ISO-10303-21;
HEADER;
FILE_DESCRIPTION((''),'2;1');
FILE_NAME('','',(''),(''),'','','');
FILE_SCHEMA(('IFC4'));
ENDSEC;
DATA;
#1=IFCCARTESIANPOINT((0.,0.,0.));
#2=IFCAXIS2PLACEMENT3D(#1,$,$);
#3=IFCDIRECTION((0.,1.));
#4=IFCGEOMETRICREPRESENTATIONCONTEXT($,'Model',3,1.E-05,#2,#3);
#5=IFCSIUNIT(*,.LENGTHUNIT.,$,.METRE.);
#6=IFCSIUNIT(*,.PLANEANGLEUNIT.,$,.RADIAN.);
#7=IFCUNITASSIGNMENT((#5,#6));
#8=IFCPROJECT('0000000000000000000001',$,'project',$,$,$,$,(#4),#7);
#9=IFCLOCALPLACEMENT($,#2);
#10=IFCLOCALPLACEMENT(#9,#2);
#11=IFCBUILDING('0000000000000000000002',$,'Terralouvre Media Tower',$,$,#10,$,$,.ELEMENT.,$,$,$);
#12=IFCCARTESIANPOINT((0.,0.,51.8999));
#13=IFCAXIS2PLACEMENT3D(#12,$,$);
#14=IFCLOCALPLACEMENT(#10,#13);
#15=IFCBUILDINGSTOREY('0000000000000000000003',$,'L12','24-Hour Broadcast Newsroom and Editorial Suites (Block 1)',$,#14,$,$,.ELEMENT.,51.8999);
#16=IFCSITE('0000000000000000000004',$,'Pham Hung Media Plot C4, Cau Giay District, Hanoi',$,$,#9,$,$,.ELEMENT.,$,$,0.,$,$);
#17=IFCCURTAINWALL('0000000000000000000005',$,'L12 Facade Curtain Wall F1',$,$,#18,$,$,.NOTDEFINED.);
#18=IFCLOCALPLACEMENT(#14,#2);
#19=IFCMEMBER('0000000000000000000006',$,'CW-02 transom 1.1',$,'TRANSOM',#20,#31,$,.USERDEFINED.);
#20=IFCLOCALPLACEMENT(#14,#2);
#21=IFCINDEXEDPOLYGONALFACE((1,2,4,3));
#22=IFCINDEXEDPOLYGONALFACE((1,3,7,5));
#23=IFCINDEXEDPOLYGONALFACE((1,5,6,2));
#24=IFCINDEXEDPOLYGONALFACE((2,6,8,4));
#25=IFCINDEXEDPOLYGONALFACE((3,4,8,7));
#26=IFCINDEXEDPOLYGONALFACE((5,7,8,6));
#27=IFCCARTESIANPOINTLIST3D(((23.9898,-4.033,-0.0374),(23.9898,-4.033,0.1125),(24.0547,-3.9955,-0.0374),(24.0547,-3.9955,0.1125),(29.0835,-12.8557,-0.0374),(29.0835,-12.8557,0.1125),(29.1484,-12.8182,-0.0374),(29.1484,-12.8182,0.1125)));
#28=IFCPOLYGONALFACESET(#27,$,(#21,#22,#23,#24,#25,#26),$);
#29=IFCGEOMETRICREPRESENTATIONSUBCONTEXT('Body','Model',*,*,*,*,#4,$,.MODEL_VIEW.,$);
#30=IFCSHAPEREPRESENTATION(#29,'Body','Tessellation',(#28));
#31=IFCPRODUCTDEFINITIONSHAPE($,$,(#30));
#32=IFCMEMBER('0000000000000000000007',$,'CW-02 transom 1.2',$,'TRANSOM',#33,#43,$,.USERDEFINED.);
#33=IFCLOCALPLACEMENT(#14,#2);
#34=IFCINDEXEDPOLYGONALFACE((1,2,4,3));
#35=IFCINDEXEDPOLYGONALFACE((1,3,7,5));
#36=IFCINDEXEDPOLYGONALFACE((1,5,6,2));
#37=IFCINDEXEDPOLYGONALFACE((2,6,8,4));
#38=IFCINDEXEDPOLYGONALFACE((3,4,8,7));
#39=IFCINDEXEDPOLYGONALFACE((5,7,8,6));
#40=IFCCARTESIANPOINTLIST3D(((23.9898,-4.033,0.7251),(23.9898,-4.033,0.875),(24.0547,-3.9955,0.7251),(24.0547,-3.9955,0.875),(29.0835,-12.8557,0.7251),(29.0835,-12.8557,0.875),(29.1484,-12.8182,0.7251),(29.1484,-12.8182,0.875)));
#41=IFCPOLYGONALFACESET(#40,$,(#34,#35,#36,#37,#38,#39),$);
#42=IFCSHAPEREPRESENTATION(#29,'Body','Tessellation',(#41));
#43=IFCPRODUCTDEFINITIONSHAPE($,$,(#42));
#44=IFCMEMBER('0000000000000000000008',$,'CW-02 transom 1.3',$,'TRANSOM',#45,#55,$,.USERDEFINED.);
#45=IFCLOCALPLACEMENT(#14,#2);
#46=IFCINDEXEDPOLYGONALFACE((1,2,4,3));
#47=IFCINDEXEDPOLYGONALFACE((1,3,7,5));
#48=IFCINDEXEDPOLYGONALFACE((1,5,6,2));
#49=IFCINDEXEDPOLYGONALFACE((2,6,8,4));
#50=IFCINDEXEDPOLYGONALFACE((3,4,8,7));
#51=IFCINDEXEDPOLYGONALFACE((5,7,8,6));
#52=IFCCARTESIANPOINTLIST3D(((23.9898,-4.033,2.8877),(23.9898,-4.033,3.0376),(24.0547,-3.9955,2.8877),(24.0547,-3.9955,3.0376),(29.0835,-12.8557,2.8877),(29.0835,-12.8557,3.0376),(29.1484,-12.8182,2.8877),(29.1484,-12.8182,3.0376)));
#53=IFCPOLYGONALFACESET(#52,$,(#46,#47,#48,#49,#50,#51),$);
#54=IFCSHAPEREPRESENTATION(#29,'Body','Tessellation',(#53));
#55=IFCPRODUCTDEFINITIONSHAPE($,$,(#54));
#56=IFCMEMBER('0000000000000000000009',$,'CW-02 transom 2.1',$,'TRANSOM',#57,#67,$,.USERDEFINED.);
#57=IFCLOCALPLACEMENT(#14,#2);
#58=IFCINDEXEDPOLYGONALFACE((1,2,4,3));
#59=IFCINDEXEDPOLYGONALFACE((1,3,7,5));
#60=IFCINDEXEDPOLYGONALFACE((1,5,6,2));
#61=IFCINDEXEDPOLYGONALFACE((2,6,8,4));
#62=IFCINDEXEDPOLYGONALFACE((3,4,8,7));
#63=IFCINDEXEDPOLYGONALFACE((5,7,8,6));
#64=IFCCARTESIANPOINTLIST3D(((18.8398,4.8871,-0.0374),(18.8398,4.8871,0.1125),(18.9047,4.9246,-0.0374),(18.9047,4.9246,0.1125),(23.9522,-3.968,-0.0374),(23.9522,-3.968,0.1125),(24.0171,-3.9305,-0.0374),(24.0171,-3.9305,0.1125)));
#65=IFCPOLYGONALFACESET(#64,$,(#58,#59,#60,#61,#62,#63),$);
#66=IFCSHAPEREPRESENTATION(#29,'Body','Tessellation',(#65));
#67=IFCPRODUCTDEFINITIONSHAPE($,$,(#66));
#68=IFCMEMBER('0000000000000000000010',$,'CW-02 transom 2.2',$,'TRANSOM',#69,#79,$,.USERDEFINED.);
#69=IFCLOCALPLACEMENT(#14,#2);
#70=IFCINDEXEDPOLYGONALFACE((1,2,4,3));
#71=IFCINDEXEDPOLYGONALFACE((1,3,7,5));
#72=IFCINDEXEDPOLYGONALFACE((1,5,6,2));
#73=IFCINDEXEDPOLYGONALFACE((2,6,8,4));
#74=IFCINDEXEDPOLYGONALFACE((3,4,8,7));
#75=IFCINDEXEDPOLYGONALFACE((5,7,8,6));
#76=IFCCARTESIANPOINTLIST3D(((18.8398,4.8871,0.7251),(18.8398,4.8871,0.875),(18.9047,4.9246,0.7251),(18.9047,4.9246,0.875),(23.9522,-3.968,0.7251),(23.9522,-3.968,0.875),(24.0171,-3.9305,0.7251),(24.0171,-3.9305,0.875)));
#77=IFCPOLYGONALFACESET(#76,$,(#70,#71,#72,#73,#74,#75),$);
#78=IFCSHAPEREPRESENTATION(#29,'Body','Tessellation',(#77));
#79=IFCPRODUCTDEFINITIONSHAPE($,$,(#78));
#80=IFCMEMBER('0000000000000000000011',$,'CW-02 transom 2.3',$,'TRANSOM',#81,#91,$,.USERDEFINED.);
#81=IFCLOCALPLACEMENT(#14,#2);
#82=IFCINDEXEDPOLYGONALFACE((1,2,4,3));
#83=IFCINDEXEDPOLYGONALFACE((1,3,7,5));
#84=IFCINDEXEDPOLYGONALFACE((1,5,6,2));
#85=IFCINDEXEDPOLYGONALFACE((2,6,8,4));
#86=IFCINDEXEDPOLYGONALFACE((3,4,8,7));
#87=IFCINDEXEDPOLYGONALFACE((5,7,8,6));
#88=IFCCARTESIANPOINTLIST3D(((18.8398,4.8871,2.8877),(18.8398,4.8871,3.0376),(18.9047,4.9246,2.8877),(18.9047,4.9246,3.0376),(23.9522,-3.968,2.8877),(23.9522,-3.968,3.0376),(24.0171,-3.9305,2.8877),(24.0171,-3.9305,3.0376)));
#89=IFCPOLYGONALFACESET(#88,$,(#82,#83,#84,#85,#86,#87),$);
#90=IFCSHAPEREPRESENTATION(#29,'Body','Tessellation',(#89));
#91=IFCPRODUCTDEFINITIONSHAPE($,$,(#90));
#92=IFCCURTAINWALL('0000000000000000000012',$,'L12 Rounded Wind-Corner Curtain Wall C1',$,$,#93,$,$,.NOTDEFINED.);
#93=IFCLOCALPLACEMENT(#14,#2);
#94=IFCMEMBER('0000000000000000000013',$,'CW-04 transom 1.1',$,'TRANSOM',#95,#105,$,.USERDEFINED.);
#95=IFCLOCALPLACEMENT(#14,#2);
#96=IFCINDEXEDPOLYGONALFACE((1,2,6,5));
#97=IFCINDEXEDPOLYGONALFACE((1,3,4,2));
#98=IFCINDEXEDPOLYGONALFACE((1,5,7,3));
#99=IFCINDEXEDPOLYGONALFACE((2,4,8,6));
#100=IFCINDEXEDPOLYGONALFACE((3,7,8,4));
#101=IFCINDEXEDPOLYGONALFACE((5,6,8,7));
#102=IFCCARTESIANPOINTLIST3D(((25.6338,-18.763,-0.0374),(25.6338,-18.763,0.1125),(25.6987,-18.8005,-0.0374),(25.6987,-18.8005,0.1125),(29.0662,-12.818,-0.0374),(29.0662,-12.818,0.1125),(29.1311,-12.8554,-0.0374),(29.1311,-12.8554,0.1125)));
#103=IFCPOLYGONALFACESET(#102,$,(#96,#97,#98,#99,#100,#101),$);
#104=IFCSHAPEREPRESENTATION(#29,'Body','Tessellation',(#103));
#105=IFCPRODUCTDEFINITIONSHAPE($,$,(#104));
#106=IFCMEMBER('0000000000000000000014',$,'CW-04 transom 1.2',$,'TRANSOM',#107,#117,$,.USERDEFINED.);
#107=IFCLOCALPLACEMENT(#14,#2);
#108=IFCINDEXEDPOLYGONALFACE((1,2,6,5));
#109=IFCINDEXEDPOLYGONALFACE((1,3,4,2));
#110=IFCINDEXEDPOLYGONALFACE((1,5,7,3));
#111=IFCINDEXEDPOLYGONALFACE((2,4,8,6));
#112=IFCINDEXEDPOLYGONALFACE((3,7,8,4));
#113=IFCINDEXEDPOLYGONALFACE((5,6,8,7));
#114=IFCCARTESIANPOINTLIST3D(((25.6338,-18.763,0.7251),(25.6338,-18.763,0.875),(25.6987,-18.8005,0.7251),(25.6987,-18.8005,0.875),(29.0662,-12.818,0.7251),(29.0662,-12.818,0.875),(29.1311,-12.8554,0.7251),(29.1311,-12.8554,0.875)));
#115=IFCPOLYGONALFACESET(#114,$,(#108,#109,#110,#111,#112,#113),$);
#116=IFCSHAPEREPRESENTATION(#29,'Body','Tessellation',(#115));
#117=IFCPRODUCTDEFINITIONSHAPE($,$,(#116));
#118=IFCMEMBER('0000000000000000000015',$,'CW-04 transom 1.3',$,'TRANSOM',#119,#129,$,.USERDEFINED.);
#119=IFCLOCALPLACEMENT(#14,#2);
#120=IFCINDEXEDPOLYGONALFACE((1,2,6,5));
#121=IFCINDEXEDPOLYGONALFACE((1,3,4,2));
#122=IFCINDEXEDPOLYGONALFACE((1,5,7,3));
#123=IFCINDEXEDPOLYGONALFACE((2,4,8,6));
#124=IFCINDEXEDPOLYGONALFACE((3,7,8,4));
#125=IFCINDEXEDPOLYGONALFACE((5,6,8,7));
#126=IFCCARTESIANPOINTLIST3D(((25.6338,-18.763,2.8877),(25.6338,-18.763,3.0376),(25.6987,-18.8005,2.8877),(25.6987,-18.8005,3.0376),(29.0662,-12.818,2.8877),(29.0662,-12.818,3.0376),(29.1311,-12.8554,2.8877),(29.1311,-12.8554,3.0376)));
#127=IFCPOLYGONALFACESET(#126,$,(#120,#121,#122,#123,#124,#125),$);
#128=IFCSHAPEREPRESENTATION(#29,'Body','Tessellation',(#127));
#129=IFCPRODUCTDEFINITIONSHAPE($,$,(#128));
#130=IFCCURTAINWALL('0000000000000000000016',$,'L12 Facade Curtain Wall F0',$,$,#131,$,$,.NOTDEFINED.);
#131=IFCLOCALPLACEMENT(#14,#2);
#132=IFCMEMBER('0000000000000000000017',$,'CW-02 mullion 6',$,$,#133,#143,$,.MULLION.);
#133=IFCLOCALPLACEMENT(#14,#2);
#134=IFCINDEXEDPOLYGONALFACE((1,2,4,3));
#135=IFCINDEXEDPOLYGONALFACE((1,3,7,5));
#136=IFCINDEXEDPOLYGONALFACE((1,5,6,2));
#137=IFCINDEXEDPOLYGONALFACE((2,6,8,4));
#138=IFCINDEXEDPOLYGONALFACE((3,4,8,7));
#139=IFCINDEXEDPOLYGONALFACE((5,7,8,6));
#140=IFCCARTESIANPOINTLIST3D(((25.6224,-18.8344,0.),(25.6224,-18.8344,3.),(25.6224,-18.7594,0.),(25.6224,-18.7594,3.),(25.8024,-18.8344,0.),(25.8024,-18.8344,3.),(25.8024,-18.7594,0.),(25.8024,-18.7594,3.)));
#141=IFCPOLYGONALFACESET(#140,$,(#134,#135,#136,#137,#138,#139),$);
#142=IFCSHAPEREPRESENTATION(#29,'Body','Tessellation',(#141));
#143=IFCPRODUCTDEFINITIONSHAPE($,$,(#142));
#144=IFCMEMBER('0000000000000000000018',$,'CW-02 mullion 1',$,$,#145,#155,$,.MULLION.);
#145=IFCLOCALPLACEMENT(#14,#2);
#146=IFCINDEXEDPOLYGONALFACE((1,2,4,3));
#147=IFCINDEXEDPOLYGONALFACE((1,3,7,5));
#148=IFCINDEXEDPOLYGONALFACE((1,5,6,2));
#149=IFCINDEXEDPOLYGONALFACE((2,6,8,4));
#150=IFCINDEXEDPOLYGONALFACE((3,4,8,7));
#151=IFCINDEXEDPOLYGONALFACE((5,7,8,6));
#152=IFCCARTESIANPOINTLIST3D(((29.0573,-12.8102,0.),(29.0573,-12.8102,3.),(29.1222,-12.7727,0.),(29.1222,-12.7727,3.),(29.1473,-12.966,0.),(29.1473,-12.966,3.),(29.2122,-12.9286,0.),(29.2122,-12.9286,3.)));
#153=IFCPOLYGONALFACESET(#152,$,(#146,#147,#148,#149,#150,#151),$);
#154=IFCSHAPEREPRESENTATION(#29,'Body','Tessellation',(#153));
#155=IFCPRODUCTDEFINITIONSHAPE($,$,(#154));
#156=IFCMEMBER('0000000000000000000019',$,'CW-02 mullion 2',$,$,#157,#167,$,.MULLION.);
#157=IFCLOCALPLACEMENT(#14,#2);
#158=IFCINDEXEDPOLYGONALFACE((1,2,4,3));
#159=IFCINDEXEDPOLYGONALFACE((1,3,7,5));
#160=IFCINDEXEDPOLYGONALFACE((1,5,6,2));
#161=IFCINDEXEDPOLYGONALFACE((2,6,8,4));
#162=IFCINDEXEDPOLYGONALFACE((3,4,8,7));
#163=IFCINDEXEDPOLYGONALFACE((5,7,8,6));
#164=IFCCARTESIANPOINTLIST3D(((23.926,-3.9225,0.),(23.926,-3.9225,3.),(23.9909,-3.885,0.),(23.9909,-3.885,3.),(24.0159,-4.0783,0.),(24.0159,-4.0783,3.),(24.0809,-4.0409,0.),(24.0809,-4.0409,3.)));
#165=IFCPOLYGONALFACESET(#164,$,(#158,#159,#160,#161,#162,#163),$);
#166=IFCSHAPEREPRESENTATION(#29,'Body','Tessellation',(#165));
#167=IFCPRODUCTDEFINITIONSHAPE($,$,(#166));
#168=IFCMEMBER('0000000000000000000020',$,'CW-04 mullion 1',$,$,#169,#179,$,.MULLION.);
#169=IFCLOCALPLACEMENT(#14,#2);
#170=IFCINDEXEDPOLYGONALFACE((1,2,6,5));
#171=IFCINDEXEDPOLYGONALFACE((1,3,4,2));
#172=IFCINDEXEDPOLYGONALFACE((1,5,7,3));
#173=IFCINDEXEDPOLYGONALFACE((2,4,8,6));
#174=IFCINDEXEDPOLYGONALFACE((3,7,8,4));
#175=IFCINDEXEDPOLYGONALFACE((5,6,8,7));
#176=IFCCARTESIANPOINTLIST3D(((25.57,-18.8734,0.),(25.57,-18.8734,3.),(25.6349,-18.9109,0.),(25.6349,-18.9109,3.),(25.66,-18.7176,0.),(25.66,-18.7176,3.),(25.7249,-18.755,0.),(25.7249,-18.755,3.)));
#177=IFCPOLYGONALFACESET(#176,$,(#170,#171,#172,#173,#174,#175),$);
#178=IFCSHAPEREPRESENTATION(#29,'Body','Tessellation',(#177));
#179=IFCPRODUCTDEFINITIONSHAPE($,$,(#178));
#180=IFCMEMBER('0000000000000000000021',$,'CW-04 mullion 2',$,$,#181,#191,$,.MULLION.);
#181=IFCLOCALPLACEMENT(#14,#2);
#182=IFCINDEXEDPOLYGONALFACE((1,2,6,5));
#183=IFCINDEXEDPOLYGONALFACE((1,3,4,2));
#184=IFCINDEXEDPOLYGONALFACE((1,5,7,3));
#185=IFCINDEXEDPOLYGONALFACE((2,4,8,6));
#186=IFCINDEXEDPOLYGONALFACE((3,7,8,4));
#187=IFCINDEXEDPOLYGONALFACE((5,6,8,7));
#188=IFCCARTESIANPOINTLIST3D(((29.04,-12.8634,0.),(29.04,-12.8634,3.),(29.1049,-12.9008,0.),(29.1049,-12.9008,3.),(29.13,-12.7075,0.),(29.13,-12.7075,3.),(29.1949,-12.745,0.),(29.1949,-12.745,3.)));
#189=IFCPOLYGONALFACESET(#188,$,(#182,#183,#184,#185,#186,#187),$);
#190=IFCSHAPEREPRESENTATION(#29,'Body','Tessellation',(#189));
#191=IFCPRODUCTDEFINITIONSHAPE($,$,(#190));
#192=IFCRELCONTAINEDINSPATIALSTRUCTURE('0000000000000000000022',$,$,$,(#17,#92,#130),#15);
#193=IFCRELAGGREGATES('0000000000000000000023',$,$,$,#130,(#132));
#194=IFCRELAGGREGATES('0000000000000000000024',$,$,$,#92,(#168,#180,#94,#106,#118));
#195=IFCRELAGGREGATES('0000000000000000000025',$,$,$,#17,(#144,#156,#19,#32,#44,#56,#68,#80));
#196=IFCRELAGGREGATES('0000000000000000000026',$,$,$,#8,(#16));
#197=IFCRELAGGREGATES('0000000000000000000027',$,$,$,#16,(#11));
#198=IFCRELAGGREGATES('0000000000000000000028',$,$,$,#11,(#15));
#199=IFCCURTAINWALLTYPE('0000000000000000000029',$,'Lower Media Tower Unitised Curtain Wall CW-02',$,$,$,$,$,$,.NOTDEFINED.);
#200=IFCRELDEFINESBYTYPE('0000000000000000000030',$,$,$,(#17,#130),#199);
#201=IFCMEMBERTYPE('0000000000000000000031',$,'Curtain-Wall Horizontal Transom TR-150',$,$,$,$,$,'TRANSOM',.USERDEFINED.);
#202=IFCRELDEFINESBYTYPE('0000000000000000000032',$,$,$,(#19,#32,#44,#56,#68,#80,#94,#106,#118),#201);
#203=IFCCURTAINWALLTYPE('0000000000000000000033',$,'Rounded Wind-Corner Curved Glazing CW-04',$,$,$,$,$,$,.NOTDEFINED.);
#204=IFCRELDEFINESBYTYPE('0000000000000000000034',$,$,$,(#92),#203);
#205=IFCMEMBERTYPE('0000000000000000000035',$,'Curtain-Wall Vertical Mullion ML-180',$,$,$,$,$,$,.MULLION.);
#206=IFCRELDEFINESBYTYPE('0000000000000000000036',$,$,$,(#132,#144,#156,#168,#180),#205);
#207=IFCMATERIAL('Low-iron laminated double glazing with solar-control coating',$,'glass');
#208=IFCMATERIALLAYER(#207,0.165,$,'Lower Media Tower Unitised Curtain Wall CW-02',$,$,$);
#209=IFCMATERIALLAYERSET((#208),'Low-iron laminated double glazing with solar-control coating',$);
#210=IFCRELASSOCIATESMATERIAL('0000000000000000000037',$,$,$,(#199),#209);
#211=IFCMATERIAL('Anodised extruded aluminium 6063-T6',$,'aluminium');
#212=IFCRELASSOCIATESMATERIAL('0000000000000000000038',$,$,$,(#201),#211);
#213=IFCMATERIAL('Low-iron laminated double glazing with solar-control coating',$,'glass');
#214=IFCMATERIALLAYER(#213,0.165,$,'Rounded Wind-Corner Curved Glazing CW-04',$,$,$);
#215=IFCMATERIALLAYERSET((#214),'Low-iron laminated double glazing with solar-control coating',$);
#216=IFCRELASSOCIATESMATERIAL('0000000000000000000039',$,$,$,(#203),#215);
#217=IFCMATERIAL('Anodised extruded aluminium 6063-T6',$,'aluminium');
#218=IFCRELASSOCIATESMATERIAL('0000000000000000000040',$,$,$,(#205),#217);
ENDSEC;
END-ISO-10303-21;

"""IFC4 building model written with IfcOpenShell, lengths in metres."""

from ifc_helpers import new_model, si_unit, direction, frame, origin, origin_2d, place, context, subcontext, project, spatial, rectangle, extrude, material, layer, layer_set, material_profile, profile_set, type_object, element, aggregate, save


model = new_model("IFC4")

# Units and contexts
model_context = context("Model", 3, precision=1e-05, world=origin(), true_north=direction((0.0, 1.0)))
body_context = subcontext(model_context, "Body", "Model", "MODEL_VIEW")
ifc_project = project(units=[si_unit("LENGTHUNIT", "METRE"), si_unit("PLANEANGLEUNIT", "RADIAN")], contexts=[model_context])

# Site, building, storey
site_placement = place(None, origin())
site = spatial("IfcSite", under=ifc_project, at=site_placement, Name="Pham Hung Media Plot C4, Cau Giay District, Hanoi", CompositionType="ELEMENT", RefElevation=0.0)
building_placement = place(site_placement, origin())
building = spatial("IfcBuilding", under=site, at=building_placement, Name="Terralouvre Media Tower", CompositionType="ELEMENT")
storey_placement = place(building_placement, frame((0.0, 0.0, 51.8999)))
storey = spatial("IfcBuildingStorey", under=building, at=storey_placement, Name="L12", Description="24-Hour Broadcast Newsroom and Editorial Suites (Block 1)", CompositionType="ELEMENT", Elevation=51.8999)

# Curtain walls, members
ifc_material_1 = material(Name="Low-iron laminated double glazing with solar-control coating", Category="glass")
ifc_layer_1 = layer(ifc_material_1, 0.165, Name="Lower Media Tower Unitised Curtain Wall CW-02")
ifc_layer_set_1 = layer_set([ifc_layer_1], Name="Low-iron laminated double glazing with solar-control coating")
curtain_wall_type_1 = type_object("IfcCurtainWallType", Name="Lower Media Tower Unitised Curtain Wall CW-02", PredefinedType="NOTDEFINED", material=ifc_layer_set_1)
curtain_wall_1_placement = place(storey_placement, origin())
curtain_wall_1 = element("IfcCurtainWall", 1, at=curtain_wall_1_placement, inside=storey, type_object=curtain_wall_type_1, Name="L12 Facade Curtain Wall F1", PredefinedType="NOTDEFINED")
ifc_material_2 = material(Name="Anodised extruded aluminium 6063-T6", Category="aluminium")
ifc_material_profile_1 = material_profile(ifc_material_2, rectangle(XDim=0.075, YDim=0.1499, at=origin_2d()), Name="ALU 75x150")
ifc_profile_set_1 = profile_set([ifc_material_profile_1], Name="Anodised extruded aluminium 6063-T6")
member_type_1 = type_object("IfcMemberType", Name="Curtain-Wall Horizontal Transom TR-150", ElementType="TRANSOM", PredefinedType="USERDEFINED", material=ifc_profile_set_1)
member_1_placement = place(storey_placement, frame((29.116, -12.8369, 0.0376), z_axis=(-0.499995, 0.866028, 0.0), x_axis=(-0.866028, -0.499995, 0.0)))
member_1 = element("IfcMember", 2, at=member_1_placement, type_object=member_type_1, Name="CW-02 transom 1.1", ObjectType="TRANSOM", PredefinedType="USERDEFINED", context=body_context, shape_type="SweptSolid", body=[
    extrude(rectangle(XDim=0.075, YDim=0.1499, at=origin_2d()), origin(), (0.0, 0.0, 1.0), 10.1875),
])
member_2_placement = place(storey_placement, frame((29.116, -12.8369, 0.8), z_axis=(-0.499995, 0.866028, 0.0), x_axis=(-0.866028, -0.499995, 0.0)))
member_2 = element("IfcMember", 3, at=member_2_placement, type_object=member_type_1, Name="CW-02 transom 1.2", ObjectType="TRANSOM", PredefinedType="USERDEFINED", context=body_context, shape_type="SweptSolid", body=[
    extrude(rectangle(XDim=0.075, YDim=0.1499, at=origin_2d()), origin(), (0.0, 0.0, 1.0), 10.1875),
])
member_3_placement = place(storey_placement, frame((29.116, -12.8369, 2.9626), z_axis=(-0.499995, 0.866028, 0.0), x_axis=(-0.866028, -0.499995, 0.0)))
member_3 = element("IfcMember", 4, at=member_3_placement, type_object=member_type_1, Name="CW-02 transom 1.3", ObjectType="TRANSOM", PredefinedType="USERDEFINED", context=body_context, shape_type="SweptSolid", body=[
    extrude(rectangle(XDim=0.075, YDim=0.1499, at=origin_2d()), origin(), (0.0, 0.0, 1.0), 10.1875),
])
member_4_placement = place(storey_placement, frame((23.9846, -3.9492, 0.0376), z_axis=(-0.499991, 0.866031, 0.0), x_axis=(-0.866031, -0.499991, 0.0)))
member_4 = element("IfcMember", 5, at=member_4_placement, type_object=member_type_1, Name="CW-02 transom 2.1", ObjectType="TRANSOM", PredefinedType="USERDEFINED", context=body_context, shape_type="SweptSolid", body=[
    extrude(rectangle(XDim=0.075, YDim=0.1499, at=origin_2d()), origin(), (0.0, 0.0, 1.0), 10.2249),
])
member_5_placement = place(storey_placement, frame((23.9846, -3.9492, 0.8), z_axis=(-0.499991, 0.866031, 0.0), x_axis=(-0.866031, -0.499991, 0.0)))
member_5 = element("IfcMember", 6, at=member_5_placement, type_object=member_type_1, Name="CW-02 transom 2.2", ObjectType="TRANSOM", PredefinedType="USERDEFINED", context=body_context, shape_type="SweptSolid", body=[
    extrude(rectangle(XDim=0.075, YDim=0.1499, at=origin_2d()), origin(), (0.0, 0.0, 1.0), 10.2249),
])
member_6_placement = place(storey_placement, frame((23.9846, -3.9492, 2.9626), z_axis=(-0.499991, 0.866031, 0.0), x_axis=(-0.866031, -0.499991, 0.0)))
member_6 = element("IfcMember", 7, at=member_6_placement, type_object=member_type_1, Name="CW-02 transom 2.3", ObjectType="TRANSOM", PredefinedType="USERDEFINED", context=body_context, shape_type="SweptSolid", body=[
    extrude(rectangle(XDim=0.075, YDim=0.1499, at=origin_2d()), origin(), (0.0, 0.0, 1.0), 10.2249),
])
ifc_material_3 = material(Name="Low-iron laminated double glazing with solar-control coating", Category="glass")
ifc_layer_2 = layer(ifc_material_3, 0.165, Name="Rounded Wind-Corner Curved Glazing CW-04")
ifc_layer_set_2 = layer_set([ifc_layer_2], Name="Low-iron laminated double glazing with solar-control coating")
curtain_wall_type_2 = type_object("IfcCurtainWallType", Name="Rounded Wind-Corner Curved Glazing CW-04", PredefinedType="NOTDEFINED", material=ifc_layer_set_2)
curtain_wall_2_placement = place(storey_placement, origin())
curtain_wall_2 = element("IfcCurtainWall", 8, at=curtain_wall_2_placement, inside=storey, type_object=curtain_wall_type_2, Name="L12 Rounded Wind-Corner Curtain Wall C1", PredefinedType="NOTDEFINED")
member_7_placement = place(storey_placement, frame((25.6663, -18.7817, 0.0376), z_axis=(0.499998, 0.866026, 0.0), x_axis=(-0.866026, 0.499998, 0.0)))
member_7 = element("IfcMember", 9, at=member_7_placement, type_object=member_type_1, Name="CW-04 transom 1.1", ObjectType="TRANSOM", PredefinedType="USERDEFINED", context=body_context, shape_type="SweptSolid", body=[
    extrude(rectangle(XDim=0.075, YDim=0.1499, at=origin_2d()), origin(), (0.0, 0.0, 1.0), 6.8647),
])
member_8_placement = place(storey_placement, frame((25.6663, -18.7817, 0.8), z_axis=(0.499998, 0.866026, 0.0), x_axis=(-0.866026, 0.499998, 0.0)))
member_8 = element("IfcMember", 10, at=member_8_placement, type_object=member_type_1, Name="CW-04 transom 1.2", ObjectType="TRANSOM", PredefinedType="USERDEFINED", context=body_context, shape_type="SweptSolid", body=[
    extrude(rectangle(XDim=0.075, YDim=0.1499, at=origin_2d()), origin(), (0.0, 0.0, 1.0), 6.8647),
])
member_9_placement = place(storey_placement, frame((25.6663, -18.7817, 2.9626), z_axis=(0.499998, 0.866026, 0.0), x_axis=(-0.866026, 0.499998, 0.0)))
member_9 = element("IfcMember", 11, at=member_9_placement, type_object=member_type_1, Name="CW-04 transom 1.3", ObjectType="TRANSOM", PredefinedType="USERDEFINED", context=body_context, shape_type="SweptSolid", body=[
    extrude(rectangle(XDim=0.075, YDim=0.1499, at=origin_2d()), origin(), (0.0, 0.0, 1.0), 6.8647),
])

# Curtain wall, member
curtain_wall_3_placement = place(storey_placement, origin())
curtain_wall_3 = element("IfcCurtainWall", 12, at=curtain_wall_3_placement, inside=storey, type_object=curtain_wall_type_1, Name="L12 Facade Curtain Wall F0", PredefinedType="NOTDEFINED")
ifc_material_4 = material(Name="Anodised extruded aluminium 6063-T6", Category="aluminium")
ifc_material_profile_2 = material_profile(ifc_material_4, rectangle(XDim=0.075, YDim=0.1799, at=origin_2d()), Name="ALU 75x180")
ifc_profile_set_2 = profile_set([ifc_material_profile_2], Name="Anodised extruded aluminium 6063-T6")
member_type_2 = type_object("IfcMemberType", Name="Curtain-Wall Vertical Mullion ML-180", PredefinedType="MULLION", material=ifc_profile_set_2)
member_10_placement = place(storey_placement, frame((25.7124, -18.7969, 0.0), z_axis=(0.0, 0.0, 1.0), x_axis=(0.0, 1.0, 0.0)))
member_10 = element("IfcMember", 13, at=member_10_placement, type_object=member_type_2, Name="CW-02 mullion 6", PredefinedType="MULLION", context=body_context, shape_type="SweptSolid", body=[
    extrude(rectangle(XDim=0.075, YDim=0.1799, at=origin_2d()), origin(), (0.0, 0.0, 1.0), 3.0),
])
aggregate(curtain_wall_3, [member_10])

# Members
member_11_placement = place(storey_placement, frame((29.1348, -12.8694, 0.0), z_axis=(0.0, 0.0, 1.0), x_axis=(-0.866025, -0.5, 0.0)))
member_11 = element("IfcMember", 14, at=member_11_placement, type_object=member_type_2, Name="CW-02 mullion 1", PredefinedType="MULLION", context=body_context, shape_type="SweptSolid", body=[
    extrude(rectangle(XDim=0.075, YDim=0.1799, at=origin_2d()), origin(), (0.0, 0.0, 1.0), 3.0),
])
member_12_placement = place(storey_placement, frame((24.0034, -3.9817, 0.0), z_axis=(0.0, 0.0, 1.0), x_axis=(-0.866025, -0.5, 0.0)))
member_12 = element("IfcMember", 15, at=member_12_placement, type_object=member_type_2, Name="CW-02 mullion 2", PredefinedType="MULLION", context=body_context, shape_type="SweptSolid", body=[
    extrude(rectangle(XDim=0.075, YDim=0.1799, at=origin_2d()), origin(), (0.0, 0.0, 1.0), 3.0),
])
member_13_placement = place(storey_placement, frame((25.6475, -18.8142, 0.0), z_axis=(0.0, 0.0, 1.0), x_axis=(-0.866026, 0.5, 0.0)))
member_13 = element("IfcMember", 16, at=member_13_placement, type_object=member_type_2, Name="CW-04 mullion 1", PredefinedType="MULLION", context=body_context, shape_type="SweptSolid", body=[
    extrude(rectangle(XDim=0.075, YDim=0.1799, at=origin_2d()), origin(), (0.0, 0.0, 1.0), 3.0),
])
member_14_placement = place(storey_placement, frame((29.1174, -12.8042, 0.0), z_axis=(0.0, 0.0, 1.0), x_axis=(-0.866026, 0.5, 0.0)))
member_14 = element("IfcMember", 17, at=member_14_placement, type_object=member_type_2, Name="CW-04 mullion 2", PredefinedType="MULLION", context=body_context, shape_type="SweptSolid", body=[
    extrude(rectangle(XDim=0.075, YDim=0.1799, at=origin_2d()), origin(), (0.0, 0.0, 1.0), 3.0),
])

aggregate(curtain_wall_2, [member_13, member_14, member_7, member_8, member_9])
aggregate(curtain_wall_1, [member_11, member_12, member_1, member_2, member_3, member_4, member_5, member_6])

save(model, "model.ifc")
